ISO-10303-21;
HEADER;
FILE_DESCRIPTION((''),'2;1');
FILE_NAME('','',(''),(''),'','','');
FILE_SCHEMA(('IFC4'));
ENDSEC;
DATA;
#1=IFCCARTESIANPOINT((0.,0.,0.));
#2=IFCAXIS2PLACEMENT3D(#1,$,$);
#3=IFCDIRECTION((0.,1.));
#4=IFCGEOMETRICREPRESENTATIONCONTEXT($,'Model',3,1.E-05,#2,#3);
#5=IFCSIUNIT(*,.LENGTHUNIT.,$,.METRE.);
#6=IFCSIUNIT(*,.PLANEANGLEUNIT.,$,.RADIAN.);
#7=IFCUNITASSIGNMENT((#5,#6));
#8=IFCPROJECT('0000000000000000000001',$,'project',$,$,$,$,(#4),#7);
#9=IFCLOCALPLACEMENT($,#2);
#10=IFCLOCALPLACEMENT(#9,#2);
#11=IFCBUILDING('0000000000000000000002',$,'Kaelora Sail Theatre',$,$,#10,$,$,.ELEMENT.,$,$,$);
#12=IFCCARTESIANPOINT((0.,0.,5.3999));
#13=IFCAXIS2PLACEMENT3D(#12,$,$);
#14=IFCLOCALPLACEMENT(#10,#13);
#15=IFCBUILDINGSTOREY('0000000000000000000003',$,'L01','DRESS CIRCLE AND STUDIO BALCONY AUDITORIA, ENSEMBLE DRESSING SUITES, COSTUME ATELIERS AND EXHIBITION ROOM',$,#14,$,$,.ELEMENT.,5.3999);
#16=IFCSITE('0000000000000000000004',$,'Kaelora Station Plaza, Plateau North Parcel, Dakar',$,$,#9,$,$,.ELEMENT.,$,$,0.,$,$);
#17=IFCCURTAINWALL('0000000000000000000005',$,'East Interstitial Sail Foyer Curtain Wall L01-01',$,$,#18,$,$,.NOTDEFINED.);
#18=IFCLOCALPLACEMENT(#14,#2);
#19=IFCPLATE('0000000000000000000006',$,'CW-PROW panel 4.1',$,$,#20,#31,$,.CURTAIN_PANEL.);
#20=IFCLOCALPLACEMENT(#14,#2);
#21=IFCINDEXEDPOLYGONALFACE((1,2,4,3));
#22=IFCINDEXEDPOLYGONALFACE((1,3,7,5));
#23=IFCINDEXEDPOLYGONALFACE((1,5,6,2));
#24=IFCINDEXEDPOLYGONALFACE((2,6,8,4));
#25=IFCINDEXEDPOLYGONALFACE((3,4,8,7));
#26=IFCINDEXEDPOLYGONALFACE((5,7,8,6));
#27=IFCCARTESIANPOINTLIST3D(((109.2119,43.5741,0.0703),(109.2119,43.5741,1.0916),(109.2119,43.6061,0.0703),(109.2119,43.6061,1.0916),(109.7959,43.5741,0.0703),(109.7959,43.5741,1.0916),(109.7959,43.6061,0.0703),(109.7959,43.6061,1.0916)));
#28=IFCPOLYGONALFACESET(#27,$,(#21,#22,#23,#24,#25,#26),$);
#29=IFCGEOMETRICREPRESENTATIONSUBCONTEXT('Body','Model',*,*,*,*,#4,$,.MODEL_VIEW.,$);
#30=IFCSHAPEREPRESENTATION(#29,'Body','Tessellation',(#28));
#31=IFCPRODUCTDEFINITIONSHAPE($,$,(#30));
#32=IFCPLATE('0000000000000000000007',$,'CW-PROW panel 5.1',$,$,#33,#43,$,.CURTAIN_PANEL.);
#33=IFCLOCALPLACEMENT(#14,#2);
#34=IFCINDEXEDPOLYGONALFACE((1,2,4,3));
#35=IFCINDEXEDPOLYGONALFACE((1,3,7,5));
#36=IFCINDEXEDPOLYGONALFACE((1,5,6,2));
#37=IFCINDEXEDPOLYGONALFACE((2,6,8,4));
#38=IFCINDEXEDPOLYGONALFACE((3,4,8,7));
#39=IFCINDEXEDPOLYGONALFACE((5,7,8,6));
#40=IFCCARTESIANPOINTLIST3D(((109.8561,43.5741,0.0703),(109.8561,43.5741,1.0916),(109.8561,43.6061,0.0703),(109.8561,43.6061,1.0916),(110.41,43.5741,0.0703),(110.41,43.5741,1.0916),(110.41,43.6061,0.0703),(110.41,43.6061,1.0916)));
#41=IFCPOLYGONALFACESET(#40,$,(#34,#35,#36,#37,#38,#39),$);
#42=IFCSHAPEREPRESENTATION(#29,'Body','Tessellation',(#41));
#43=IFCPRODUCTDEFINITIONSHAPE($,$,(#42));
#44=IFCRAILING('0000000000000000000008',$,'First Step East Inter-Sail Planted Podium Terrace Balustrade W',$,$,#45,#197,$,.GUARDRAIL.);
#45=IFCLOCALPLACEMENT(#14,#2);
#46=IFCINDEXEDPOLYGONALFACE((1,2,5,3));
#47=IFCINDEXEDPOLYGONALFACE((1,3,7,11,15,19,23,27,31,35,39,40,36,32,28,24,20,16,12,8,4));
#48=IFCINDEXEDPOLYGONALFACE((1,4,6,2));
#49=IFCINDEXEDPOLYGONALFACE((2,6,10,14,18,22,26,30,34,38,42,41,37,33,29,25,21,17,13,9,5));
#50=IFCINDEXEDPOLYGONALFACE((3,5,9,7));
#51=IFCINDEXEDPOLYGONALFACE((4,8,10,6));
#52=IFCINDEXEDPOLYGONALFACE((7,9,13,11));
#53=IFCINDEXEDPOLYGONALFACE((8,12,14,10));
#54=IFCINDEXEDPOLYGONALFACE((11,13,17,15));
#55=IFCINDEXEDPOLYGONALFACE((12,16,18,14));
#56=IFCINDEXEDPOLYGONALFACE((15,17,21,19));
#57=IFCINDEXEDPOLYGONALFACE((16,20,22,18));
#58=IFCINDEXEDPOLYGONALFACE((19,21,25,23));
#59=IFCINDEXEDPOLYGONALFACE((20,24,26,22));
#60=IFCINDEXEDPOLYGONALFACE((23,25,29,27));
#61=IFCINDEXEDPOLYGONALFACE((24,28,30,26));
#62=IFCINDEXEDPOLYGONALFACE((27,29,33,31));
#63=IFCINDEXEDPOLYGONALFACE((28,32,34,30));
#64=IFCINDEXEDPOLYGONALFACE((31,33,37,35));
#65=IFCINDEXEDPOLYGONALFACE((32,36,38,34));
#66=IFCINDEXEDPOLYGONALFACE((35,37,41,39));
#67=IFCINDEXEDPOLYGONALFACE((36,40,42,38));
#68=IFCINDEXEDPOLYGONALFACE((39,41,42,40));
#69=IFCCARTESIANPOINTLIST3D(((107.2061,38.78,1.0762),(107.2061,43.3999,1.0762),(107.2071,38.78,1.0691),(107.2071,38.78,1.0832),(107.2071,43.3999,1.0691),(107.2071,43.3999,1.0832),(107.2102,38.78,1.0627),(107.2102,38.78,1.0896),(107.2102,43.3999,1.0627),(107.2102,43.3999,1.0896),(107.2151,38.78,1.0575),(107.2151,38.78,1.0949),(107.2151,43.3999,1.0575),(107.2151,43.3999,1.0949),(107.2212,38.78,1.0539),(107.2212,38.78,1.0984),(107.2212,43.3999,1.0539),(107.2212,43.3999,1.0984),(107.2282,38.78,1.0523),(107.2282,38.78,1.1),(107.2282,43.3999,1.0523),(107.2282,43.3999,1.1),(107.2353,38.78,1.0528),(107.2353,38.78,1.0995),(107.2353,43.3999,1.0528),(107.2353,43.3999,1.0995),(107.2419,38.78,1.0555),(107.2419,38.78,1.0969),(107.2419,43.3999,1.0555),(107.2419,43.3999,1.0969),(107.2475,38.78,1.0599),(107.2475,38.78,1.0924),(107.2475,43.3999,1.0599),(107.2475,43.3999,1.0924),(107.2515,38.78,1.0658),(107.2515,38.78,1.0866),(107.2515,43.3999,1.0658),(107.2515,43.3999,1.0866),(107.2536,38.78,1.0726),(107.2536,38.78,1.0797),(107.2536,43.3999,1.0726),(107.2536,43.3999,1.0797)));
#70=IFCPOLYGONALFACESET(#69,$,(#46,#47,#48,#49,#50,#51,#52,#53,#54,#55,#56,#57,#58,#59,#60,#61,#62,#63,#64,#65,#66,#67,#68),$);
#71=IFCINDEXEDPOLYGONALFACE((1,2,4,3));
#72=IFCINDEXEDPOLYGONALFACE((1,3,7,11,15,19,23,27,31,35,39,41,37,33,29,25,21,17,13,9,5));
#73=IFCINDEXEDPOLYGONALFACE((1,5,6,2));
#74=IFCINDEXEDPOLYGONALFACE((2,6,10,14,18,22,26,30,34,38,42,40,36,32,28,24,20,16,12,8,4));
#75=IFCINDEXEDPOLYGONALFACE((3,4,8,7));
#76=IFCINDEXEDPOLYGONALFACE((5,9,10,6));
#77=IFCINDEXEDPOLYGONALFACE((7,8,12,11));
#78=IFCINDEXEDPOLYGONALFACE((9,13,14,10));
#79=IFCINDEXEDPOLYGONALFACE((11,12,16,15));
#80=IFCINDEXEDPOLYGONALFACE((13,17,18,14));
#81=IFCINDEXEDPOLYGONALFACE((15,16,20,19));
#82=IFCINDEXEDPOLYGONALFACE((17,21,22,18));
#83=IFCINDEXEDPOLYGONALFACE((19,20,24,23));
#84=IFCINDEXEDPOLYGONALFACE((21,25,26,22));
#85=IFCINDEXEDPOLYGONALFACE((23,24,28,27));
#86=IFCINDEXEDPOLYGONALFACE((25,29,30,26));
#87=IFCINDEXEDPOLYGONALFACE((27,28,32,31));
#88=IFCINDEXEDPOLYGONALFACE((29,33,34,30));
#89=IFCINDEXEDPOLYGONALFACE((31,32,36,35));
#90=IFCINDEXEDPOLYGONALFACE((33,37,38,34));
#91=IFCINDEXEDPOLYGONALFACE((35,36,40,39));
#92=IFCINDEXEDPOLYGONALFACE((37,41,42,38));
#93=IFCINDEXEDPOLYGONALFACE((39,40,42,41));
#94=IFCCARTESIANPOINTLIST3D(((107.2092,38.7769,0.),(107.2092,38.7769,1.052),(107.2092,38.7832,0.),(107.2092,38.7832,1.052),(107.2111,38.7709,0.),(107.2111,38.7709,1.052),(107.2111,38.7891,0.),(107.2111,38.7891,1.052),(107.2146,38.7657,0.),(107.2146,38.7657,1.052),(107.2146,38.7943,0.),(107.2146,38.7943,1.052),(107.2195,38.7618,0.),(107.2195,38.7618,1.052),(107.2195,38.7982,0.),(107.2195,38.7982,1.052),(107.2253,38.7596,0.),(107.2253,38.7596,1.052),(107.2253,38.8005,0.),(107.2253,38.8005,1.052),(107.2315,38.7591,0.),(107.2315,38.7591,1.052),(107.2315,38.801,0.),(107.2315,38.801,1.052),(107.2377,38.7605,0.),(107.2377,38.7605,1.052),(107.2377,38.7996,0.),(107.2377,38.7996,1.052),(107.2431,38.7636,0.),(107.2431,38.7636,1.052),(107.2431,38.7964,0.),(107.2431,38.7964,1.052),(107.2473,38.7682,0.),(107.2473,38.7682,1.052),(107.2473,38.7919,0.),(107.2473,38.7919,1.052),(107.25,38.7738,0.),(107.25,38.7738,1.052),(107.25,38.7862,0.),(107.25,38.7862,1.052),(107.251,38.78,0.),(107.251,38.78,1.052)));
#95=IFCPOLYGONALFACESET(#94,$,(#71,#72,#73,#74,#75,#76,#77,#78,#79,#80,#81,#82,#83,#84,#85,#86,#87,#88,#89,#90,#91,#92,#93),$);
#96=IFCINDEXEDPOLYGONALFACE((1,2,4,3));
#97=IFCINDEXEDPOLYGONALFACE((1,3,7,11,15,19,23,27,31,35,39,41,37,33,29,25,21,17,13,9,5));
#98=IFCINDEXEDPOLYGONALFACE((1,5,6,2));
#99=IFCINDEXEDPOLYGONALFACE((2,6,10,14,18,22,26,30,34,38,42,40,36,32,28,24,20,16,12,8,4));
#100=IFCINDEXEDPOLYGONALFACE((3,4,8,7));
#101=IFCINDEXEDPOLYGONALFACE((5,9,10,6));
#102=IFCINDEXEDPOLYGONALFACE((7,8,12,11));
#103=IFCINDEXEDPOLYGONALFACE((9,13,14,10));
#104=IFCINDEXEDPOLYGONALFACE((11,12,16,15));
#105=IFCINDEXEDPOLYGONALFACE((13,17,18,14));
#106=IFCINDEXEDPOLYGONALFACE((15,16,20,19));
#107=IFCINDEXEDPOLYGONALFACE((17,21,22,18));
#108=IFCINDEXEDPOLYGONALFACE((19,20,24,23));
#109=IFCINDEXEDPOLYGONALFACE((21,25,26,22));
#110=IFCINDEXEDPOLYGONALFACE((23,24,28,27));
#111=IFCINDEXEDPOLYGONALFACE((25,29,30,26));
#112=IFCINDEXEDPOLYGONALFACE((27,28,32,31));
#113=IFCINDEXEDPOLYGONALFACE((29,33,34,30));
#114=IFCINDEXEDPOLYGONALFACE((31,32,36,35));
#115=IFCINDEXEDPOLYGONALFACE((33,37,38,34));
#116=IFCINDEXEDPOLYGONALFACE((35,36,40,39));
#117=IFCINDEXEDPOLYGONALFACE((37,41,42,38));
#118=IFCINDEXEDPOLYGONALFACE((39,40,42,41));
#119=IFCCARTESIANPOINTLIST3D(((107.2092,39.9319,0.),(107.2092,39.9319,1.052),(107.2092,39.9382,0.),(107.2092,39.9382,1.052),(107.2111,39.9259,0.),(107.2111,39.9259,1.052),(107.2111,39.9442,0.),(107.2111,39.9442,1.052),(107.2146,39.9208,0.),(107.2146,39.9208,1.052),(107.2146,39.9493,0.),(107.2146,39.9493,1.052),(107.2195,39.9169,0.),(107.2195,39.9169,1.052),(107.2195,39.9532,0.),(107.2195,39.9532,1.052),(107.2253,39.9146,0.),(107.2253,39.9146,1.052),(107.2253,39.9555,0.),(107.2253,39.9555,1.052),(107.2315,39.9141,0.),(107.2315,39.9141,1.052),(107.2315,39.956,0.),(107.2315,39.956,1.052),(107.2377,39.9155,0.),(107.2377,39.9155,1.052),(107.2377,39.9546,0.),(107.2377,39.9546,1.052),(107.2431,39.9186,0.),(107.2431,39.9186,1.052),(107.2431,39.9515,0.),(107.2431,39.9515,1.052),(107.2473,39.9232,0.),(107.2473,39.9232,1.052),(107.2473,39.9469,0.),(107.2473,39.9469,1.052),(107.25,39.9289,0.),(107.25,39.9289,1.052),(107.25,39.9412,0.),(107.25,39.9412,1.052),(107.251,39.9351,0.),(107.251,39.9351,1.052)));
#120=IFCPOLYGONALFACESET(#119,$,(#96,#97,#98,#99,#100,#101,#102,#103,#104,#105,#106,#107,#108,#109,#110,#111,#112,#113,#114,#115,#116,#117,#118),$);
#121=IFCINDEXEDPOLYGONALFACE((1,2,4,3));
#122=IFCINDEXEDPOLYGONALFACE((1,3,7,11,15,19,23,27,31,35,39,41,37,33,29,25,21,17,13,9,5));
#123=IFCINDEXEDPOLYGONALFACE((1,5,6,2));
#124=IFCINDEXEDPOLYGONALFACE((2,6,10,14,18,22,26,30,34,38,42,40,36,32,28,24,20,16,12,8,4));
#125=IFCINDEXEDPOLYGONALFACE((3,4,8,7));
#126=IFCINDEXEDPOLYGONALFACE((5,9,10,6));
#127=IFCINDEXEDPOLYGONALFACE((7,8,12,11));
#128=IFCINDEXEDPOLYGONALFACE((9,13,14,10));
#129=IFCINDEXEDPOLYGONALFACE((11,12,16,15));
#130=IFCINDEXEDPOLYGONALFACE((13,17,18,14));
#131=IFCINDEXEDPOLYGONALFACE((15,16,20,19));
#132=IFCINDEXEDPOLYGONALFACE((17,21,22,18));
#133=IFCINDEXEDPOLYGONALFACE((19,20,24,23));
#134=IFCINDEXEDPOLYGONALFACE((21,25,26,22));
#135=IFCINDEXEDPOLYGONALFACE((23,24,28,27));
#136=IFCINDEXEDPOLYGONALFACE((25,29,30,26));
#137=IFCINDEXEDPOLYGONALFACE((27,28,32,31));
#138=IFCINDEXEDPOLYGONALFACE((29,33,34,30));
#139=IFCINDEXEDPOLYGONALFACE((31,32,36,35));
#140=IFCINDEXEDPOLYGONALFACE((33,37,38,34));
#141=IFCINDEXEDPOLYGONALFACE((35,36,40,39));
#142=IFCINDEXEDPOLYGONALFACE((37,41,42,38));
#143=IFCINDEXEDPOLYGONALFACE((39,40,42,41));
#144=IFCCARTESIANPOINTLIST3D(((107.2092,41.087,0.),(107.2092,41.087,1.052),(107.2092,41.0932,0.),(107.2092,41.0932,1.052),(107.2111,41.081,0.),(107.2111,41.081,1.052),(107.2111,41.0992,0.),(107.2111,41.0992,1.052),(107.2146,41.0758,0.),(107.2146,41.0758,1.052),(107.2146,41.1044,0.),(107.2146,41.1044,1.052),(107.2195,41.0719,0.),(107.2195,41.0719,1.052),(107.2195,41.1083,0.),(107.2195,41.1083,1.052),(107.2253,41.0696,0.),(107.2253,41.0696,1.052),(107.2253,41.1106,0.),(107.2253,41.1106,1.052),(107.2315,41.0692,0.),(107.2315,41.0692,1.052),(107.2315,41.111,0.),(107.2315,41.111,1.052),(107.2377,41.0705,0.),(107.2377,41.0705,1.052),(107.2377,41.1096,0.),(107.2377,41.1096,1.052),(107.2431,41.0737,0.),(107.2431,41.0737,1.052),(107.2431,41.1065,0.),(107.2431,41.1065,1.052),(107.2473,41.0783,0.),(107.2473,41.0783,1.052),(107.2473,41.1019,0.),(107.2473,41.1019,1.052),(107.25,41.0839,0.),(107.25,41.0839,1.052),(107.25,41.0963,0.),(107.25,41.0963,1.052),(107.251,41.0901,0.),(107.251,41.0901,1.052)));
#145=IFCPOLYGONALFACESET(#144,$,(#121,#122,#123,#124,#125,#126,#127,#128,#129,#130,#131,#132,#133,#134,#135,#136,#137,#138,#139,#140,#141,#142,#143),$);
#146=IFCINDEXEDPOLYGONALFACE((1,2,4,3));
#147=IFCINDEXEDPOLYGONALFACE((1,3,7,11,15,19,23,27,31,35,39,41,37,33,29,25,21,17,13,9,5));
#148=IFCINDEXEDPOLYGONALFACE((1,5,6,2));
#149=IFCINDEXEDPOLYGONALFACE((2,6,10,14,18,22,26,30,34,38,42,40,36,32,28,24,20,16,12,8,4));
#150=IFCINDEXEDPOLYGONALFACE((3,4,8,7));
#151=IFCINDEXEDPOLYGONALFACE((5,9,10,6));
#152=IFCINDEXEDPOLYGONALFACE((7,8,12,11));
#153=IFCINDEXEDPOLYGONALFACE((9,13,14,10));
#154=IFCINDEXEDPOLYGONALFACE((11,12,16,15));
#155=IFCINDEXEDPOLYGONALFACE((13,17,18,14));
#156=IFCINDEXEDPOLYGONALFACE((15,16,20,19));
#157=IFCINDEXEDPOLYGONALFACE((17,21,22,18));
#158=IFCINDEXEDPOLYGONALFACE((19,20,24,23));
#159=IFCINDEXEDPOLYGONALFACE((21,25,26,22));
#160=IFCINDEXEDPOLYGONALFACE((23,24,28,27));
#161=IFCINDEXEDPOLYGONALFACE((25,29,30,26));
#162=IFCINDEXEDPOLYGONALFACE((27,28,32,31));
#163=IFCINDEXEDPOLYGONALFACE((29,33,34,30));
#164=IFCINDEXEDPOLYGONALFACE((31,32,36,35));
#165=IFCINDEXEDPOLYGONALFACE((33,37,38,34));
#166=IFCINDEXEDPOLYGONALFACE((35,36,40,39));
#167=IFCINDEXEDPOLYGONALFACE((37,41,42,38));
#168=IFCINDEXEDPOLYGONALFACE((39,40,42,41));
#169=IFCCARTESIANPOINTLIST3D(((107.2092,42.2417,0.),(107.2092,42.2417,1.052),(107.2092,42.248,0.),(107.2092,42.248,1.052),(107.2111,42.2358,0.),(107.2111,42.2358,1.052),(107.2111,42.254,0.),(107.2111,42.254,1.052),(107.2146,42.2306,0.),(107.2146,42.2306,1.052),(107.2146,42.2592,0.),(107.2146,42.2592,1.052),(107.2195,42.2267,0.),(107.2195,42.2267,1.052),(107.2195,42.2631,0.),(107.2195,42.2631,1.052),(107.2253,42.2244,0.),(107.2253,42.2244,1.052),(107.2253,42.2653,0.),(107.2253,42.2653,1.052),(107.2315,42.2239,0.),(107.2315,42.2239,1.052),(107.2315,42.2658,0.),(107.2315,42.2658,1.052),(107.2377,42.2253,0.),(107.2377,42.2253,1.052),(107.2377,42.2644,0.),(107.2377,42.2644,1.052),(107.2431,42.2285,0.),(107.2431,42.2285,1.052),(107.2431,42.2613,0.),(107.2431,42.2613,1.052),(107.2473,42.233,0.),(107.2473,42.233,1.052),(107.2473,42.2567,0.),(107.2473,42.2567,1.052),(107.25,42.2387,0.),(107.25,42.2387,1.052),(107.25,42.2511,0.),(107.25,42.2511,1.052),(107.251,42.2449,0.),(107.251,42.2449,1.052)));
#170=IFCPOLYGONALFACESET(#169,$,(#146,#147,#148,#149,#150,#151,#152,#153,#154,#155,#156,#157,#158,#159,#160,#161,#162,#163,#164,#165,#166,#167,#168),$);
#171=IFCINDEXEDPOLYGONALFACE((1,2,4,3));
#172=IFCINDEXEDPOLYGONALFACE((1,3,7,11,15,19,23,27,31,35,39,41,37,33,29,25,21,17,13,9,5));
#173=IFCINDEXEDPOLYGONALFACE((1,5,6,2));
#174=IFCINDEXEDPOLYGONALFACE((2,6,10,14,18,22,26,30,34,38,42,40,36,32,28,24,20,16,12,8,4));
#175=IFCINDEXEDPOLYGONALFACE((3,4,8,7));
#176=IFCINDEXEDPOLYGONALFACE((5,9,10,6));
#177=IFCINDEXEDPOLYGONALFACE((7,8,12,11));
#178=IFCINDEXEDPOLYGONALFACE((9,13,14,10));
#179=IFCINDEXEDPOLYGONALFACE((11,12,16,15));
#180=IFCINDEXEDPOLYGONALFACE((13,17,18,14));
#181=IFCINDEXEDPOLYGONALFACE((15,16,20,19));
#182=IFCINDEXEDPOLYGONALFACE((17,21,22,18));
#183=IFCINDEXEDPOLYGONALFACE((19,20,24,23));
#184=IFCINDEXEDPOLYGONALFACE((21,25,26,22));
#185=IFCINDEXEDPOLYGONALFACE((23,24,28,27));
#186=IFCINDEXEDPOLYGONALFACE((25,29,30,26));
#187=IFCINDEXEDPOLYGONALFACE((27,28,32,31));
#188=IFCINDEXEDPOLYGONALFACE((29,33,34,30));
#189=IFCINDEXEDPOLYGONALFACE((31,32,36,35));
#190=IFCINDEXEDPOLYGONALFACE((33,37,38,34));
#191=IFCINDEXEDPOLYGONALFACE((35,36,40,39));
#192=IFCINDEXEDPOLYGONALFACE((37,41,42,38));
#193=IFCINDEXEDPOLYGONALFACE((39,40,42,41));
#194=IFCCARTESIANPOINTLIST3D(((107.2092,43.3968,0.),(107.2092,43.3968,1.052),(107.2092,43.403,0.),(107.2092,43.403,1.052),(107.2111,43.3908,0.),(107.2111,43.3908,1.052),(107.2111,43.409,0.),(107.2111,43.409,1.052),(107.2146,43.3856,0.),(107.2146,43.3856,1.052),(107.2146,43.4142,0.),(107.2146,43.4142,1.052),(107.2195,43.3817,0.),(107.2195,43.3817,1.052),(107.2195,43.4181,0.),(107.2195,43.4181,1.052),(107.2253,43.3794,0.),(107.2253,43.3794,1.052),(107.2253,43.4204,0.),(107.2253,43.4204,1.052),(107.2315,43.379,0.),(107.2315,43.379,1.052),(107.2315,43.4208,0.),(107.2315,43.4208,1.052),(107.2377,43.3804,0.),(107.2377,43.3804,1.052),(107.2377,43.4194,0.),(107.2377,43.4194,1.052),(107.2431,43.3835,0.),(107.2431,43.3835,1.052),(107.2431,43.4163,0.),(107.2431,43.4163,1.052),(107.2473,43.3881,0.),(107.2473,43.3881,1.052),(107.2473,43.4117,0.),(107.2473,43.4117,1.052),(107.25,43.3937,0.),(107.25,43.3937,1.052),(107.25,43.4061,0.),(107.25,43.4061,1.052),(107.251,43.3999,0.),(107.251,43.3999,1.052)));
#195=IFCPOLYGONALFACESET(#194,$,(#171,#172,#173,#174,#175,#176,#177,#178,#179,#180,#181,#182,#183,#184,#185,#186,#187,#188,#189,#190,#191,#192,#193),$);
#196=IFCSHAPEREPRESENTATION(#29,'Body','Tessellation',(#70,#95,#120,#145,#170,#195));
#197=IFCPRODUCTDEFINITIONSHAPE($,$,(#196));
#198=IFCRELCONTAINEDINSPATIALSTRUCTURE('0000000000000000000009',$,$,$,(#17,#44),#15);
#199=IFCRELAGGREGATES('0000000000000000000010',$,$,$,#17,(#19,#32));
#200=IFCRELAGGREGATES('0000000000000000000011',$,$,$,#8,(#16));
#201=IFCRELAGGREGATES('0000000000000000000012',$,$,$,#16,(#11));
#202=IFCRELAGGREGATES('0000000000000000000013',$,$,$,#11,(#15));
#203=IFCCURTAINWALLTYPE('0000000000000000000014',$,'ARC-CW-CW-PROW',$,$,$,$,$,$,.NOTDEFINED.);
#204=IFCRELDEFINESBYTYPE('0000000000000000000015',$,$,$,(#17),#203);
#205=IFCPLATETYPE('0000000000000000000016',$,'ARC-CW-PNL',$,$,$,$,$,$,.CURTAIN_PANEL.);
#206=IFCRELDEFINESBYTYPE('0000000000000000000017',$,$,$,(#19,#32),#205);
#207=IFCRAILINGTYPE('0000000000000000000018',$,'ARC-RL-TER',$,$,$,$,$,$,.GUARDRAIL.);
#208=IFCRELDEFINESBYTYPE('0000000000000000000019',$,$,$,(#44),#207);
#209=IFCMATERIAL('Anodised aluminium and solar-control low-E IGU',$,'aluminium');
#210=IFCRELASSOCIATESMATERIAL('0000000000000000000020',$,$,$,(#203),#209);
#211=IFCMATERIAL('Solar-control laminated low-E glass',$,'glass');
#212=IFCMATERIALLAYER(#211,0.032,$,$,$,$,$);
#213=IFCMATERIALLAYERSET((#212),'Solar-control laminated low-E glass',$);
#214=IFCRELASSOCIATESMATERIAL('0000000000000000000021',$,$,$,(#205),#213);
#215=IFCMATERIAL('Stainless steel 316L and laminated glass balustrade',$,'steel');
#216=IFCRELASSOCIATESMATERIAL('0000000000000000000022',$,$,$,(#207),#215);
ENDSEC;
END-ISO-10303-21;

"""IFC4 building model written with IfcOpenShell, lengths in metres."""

from ifc_helpers import new_model, si_unit, direction, frame, origin, origin_2d, place, context, subcontext, project, spatial, rectangle, circle, extrude, material, layer, layer_set, type_object, element, aggregate, save


model = new_model("IFC4")

# Units and contexts
model_context = context("Model", 3, precision=1e-05, world=origin(), true_north=direction((0.0, 1.0)))
body_context = subcontext(model_context, "Body", "Model", "MODEL_VIEW")
ifc_project = project(units=[si_unit("LENGTHUNIT", "METRE"), si_unit("PLANEANGLEUNIT", "RADIAN")], contexts=[model_context])

# Site, building, storey
site_placement = place(None, origin())
site = spatial("IfcSite", under=ifc_project, at=site_placement, Name="Kaelora Station Plaza, Plateau North Parcel, Dakar", CompositionType="ELEMENT", RefElevation=0.0)
building_placement = place(site_placement, origin())
building = spatial("IfcBuilding", under=site, at=building_placement, Name="Kaelora Sail Theatre", CompositionType="ELEMENT")
storey_placement = place(building_placement, frame((0.0, 0.0, 5.3999)))
storey = spatial("IfcBuildingStorey", under=building, at=storey_placement, Name="L01", Description="DRESS CIRCLE AND STUDIO BALCONY AUDITORIA, ENSEMBLE DRESSING SUITES, COSTUME ATELIERS AND EXHIBITION ROOM", CompositionType="ELEMENT", Elevation=5.3999)

# Curtain wall
ifc_material_1 = material(Name="Anodised aluminium and solar-control low-E IGU", Category="aluminium")
curtain_wall_type = type_object("IfcCurtainWallType", Name="ARC-CW-CW-PROW", PredefinedType="NOTDEFINED", material=ifc_material_1)
curtain_wall_placement = place(storey_placement, origin())
curtain_wall = element("IfcCurtainWall", 1, at=curtain_wall_placement, inside=storey, type_object=curtain_wall_type, Name="East Interstitial Sail Foyer Curtain Wall L01-01", PredefinedType="NOTDEFINED")

# Plates
ifc_material_2 = material(Name="Solar-control laminated low-E glass", Category="glass")
ifc_layer = layer(ifc_material_2, 0.032)
ifc_layer_set = layer_set([ifc_layer], Name="Solar-control laminated low-E glass")
plate_type = type_object("IfcPlateType", Name="ARC-CW-PNL", PredefinedType="CURTAIN_PANEL", material=ifc_layer_set)
plate_1_placement = place(storey_placement, frame((109.5039, 43.5901, 0.0703), z_axis=(0.0, 0.0, 1.0), x_axis=(1.0, 0.0, 0.0)))
plate_1 = element("IfcPlate", 2, at=plate_1_placement, type_object=plate_type, Name="CW-PROW panel 4.1", PredefinedType="CURTAIN_PANEL", context=body_context, shape_type="SweptSolid", body=[
    extrude(rectangle(XDim=0.584, YDim=0.032, at=origin_2d()), origin(), (0.0, 0.0, 1.0), 1.0212),
])
plate_2_placement = place(storey_placement, frame((110.1331, 43.5901, 0.0703), z_axis=(0.0, 0.0, 1.0), x_axis=(1.0, 0.0, 0.0)))
plate_2 = element("IfcPlate", 3, at=plate_2_placement, type_object=plate_type, Name="CW-PROW panel 5.1", PredefinedType="CURTAIN_PANEL", context=body_context, shape_type="SweptSolid", body=[
    extrude(rectangle(XDim=0.554, YDim=0.032, at=origin_2d()), origin(), (0.0, 0.0, 1.0), 1.0212),
])
aggregate(curtain_wall, [plate_1, plate_2])

# Railing
ifc_material_3 = material(Name="Stainless steel 316L and laminated glass balustrade", Category="steel")
railing_type = type_object("IfcRailingType", Name="ARC-RL-TER", PredefinedType="GUARDRAIL", material=ifc_material_3)
railing_1_placement = place(storey_placement, frame((107.23, 38.78, 0.0)))
element("IfcRailing", 4, at=railing_1_placement, inside=storey, type_object=railing_type, Name="First Step East Inter-Sail Planted Podium Terrace Balustrade W", PredefinedType="GUARDRAIL", context=body_context, shape_type="SweptSolid", body=[
    extrude(circle(Radius=0.0239, at=origin_2d()), frame((0.0, 0.0, 1.0762), z_axis=(0.0, 1.0, 0.0), x_axis=(-1.0, 0.0, 0.0)), (0.0, 0.0, 1.0), 4.6199),
    extrude(circle(Radius=0.021, at=origin_2d()), origin(), (0.0, 0.0, 1.0), 1.052),
    extrude(circle(Radius=0.021, at=origin_2d()), frame((0.0, 1.155, 0.0)), (0.0, 0.0, 1.0), 1.052),
    extrude(circle(Radius=0.021, at=origin_2d()), frame((0.0, 2.3101, 0.0)), (0.0, 0.0, 1.0), 1.052),
    extrude(circle(Radius=0.021, at=origin_2d()), frame((0.0, 3.4648, 0.0)), (0.0, 0.0, 1.0), 1.052),
    extrude(circle(Radius=0.021, at=origin_2d()), frame((0.0, 4.6199, 0.0)), (0.0, 0.0, 1.0), 1.052),
])

save(model, "model.ifc")
